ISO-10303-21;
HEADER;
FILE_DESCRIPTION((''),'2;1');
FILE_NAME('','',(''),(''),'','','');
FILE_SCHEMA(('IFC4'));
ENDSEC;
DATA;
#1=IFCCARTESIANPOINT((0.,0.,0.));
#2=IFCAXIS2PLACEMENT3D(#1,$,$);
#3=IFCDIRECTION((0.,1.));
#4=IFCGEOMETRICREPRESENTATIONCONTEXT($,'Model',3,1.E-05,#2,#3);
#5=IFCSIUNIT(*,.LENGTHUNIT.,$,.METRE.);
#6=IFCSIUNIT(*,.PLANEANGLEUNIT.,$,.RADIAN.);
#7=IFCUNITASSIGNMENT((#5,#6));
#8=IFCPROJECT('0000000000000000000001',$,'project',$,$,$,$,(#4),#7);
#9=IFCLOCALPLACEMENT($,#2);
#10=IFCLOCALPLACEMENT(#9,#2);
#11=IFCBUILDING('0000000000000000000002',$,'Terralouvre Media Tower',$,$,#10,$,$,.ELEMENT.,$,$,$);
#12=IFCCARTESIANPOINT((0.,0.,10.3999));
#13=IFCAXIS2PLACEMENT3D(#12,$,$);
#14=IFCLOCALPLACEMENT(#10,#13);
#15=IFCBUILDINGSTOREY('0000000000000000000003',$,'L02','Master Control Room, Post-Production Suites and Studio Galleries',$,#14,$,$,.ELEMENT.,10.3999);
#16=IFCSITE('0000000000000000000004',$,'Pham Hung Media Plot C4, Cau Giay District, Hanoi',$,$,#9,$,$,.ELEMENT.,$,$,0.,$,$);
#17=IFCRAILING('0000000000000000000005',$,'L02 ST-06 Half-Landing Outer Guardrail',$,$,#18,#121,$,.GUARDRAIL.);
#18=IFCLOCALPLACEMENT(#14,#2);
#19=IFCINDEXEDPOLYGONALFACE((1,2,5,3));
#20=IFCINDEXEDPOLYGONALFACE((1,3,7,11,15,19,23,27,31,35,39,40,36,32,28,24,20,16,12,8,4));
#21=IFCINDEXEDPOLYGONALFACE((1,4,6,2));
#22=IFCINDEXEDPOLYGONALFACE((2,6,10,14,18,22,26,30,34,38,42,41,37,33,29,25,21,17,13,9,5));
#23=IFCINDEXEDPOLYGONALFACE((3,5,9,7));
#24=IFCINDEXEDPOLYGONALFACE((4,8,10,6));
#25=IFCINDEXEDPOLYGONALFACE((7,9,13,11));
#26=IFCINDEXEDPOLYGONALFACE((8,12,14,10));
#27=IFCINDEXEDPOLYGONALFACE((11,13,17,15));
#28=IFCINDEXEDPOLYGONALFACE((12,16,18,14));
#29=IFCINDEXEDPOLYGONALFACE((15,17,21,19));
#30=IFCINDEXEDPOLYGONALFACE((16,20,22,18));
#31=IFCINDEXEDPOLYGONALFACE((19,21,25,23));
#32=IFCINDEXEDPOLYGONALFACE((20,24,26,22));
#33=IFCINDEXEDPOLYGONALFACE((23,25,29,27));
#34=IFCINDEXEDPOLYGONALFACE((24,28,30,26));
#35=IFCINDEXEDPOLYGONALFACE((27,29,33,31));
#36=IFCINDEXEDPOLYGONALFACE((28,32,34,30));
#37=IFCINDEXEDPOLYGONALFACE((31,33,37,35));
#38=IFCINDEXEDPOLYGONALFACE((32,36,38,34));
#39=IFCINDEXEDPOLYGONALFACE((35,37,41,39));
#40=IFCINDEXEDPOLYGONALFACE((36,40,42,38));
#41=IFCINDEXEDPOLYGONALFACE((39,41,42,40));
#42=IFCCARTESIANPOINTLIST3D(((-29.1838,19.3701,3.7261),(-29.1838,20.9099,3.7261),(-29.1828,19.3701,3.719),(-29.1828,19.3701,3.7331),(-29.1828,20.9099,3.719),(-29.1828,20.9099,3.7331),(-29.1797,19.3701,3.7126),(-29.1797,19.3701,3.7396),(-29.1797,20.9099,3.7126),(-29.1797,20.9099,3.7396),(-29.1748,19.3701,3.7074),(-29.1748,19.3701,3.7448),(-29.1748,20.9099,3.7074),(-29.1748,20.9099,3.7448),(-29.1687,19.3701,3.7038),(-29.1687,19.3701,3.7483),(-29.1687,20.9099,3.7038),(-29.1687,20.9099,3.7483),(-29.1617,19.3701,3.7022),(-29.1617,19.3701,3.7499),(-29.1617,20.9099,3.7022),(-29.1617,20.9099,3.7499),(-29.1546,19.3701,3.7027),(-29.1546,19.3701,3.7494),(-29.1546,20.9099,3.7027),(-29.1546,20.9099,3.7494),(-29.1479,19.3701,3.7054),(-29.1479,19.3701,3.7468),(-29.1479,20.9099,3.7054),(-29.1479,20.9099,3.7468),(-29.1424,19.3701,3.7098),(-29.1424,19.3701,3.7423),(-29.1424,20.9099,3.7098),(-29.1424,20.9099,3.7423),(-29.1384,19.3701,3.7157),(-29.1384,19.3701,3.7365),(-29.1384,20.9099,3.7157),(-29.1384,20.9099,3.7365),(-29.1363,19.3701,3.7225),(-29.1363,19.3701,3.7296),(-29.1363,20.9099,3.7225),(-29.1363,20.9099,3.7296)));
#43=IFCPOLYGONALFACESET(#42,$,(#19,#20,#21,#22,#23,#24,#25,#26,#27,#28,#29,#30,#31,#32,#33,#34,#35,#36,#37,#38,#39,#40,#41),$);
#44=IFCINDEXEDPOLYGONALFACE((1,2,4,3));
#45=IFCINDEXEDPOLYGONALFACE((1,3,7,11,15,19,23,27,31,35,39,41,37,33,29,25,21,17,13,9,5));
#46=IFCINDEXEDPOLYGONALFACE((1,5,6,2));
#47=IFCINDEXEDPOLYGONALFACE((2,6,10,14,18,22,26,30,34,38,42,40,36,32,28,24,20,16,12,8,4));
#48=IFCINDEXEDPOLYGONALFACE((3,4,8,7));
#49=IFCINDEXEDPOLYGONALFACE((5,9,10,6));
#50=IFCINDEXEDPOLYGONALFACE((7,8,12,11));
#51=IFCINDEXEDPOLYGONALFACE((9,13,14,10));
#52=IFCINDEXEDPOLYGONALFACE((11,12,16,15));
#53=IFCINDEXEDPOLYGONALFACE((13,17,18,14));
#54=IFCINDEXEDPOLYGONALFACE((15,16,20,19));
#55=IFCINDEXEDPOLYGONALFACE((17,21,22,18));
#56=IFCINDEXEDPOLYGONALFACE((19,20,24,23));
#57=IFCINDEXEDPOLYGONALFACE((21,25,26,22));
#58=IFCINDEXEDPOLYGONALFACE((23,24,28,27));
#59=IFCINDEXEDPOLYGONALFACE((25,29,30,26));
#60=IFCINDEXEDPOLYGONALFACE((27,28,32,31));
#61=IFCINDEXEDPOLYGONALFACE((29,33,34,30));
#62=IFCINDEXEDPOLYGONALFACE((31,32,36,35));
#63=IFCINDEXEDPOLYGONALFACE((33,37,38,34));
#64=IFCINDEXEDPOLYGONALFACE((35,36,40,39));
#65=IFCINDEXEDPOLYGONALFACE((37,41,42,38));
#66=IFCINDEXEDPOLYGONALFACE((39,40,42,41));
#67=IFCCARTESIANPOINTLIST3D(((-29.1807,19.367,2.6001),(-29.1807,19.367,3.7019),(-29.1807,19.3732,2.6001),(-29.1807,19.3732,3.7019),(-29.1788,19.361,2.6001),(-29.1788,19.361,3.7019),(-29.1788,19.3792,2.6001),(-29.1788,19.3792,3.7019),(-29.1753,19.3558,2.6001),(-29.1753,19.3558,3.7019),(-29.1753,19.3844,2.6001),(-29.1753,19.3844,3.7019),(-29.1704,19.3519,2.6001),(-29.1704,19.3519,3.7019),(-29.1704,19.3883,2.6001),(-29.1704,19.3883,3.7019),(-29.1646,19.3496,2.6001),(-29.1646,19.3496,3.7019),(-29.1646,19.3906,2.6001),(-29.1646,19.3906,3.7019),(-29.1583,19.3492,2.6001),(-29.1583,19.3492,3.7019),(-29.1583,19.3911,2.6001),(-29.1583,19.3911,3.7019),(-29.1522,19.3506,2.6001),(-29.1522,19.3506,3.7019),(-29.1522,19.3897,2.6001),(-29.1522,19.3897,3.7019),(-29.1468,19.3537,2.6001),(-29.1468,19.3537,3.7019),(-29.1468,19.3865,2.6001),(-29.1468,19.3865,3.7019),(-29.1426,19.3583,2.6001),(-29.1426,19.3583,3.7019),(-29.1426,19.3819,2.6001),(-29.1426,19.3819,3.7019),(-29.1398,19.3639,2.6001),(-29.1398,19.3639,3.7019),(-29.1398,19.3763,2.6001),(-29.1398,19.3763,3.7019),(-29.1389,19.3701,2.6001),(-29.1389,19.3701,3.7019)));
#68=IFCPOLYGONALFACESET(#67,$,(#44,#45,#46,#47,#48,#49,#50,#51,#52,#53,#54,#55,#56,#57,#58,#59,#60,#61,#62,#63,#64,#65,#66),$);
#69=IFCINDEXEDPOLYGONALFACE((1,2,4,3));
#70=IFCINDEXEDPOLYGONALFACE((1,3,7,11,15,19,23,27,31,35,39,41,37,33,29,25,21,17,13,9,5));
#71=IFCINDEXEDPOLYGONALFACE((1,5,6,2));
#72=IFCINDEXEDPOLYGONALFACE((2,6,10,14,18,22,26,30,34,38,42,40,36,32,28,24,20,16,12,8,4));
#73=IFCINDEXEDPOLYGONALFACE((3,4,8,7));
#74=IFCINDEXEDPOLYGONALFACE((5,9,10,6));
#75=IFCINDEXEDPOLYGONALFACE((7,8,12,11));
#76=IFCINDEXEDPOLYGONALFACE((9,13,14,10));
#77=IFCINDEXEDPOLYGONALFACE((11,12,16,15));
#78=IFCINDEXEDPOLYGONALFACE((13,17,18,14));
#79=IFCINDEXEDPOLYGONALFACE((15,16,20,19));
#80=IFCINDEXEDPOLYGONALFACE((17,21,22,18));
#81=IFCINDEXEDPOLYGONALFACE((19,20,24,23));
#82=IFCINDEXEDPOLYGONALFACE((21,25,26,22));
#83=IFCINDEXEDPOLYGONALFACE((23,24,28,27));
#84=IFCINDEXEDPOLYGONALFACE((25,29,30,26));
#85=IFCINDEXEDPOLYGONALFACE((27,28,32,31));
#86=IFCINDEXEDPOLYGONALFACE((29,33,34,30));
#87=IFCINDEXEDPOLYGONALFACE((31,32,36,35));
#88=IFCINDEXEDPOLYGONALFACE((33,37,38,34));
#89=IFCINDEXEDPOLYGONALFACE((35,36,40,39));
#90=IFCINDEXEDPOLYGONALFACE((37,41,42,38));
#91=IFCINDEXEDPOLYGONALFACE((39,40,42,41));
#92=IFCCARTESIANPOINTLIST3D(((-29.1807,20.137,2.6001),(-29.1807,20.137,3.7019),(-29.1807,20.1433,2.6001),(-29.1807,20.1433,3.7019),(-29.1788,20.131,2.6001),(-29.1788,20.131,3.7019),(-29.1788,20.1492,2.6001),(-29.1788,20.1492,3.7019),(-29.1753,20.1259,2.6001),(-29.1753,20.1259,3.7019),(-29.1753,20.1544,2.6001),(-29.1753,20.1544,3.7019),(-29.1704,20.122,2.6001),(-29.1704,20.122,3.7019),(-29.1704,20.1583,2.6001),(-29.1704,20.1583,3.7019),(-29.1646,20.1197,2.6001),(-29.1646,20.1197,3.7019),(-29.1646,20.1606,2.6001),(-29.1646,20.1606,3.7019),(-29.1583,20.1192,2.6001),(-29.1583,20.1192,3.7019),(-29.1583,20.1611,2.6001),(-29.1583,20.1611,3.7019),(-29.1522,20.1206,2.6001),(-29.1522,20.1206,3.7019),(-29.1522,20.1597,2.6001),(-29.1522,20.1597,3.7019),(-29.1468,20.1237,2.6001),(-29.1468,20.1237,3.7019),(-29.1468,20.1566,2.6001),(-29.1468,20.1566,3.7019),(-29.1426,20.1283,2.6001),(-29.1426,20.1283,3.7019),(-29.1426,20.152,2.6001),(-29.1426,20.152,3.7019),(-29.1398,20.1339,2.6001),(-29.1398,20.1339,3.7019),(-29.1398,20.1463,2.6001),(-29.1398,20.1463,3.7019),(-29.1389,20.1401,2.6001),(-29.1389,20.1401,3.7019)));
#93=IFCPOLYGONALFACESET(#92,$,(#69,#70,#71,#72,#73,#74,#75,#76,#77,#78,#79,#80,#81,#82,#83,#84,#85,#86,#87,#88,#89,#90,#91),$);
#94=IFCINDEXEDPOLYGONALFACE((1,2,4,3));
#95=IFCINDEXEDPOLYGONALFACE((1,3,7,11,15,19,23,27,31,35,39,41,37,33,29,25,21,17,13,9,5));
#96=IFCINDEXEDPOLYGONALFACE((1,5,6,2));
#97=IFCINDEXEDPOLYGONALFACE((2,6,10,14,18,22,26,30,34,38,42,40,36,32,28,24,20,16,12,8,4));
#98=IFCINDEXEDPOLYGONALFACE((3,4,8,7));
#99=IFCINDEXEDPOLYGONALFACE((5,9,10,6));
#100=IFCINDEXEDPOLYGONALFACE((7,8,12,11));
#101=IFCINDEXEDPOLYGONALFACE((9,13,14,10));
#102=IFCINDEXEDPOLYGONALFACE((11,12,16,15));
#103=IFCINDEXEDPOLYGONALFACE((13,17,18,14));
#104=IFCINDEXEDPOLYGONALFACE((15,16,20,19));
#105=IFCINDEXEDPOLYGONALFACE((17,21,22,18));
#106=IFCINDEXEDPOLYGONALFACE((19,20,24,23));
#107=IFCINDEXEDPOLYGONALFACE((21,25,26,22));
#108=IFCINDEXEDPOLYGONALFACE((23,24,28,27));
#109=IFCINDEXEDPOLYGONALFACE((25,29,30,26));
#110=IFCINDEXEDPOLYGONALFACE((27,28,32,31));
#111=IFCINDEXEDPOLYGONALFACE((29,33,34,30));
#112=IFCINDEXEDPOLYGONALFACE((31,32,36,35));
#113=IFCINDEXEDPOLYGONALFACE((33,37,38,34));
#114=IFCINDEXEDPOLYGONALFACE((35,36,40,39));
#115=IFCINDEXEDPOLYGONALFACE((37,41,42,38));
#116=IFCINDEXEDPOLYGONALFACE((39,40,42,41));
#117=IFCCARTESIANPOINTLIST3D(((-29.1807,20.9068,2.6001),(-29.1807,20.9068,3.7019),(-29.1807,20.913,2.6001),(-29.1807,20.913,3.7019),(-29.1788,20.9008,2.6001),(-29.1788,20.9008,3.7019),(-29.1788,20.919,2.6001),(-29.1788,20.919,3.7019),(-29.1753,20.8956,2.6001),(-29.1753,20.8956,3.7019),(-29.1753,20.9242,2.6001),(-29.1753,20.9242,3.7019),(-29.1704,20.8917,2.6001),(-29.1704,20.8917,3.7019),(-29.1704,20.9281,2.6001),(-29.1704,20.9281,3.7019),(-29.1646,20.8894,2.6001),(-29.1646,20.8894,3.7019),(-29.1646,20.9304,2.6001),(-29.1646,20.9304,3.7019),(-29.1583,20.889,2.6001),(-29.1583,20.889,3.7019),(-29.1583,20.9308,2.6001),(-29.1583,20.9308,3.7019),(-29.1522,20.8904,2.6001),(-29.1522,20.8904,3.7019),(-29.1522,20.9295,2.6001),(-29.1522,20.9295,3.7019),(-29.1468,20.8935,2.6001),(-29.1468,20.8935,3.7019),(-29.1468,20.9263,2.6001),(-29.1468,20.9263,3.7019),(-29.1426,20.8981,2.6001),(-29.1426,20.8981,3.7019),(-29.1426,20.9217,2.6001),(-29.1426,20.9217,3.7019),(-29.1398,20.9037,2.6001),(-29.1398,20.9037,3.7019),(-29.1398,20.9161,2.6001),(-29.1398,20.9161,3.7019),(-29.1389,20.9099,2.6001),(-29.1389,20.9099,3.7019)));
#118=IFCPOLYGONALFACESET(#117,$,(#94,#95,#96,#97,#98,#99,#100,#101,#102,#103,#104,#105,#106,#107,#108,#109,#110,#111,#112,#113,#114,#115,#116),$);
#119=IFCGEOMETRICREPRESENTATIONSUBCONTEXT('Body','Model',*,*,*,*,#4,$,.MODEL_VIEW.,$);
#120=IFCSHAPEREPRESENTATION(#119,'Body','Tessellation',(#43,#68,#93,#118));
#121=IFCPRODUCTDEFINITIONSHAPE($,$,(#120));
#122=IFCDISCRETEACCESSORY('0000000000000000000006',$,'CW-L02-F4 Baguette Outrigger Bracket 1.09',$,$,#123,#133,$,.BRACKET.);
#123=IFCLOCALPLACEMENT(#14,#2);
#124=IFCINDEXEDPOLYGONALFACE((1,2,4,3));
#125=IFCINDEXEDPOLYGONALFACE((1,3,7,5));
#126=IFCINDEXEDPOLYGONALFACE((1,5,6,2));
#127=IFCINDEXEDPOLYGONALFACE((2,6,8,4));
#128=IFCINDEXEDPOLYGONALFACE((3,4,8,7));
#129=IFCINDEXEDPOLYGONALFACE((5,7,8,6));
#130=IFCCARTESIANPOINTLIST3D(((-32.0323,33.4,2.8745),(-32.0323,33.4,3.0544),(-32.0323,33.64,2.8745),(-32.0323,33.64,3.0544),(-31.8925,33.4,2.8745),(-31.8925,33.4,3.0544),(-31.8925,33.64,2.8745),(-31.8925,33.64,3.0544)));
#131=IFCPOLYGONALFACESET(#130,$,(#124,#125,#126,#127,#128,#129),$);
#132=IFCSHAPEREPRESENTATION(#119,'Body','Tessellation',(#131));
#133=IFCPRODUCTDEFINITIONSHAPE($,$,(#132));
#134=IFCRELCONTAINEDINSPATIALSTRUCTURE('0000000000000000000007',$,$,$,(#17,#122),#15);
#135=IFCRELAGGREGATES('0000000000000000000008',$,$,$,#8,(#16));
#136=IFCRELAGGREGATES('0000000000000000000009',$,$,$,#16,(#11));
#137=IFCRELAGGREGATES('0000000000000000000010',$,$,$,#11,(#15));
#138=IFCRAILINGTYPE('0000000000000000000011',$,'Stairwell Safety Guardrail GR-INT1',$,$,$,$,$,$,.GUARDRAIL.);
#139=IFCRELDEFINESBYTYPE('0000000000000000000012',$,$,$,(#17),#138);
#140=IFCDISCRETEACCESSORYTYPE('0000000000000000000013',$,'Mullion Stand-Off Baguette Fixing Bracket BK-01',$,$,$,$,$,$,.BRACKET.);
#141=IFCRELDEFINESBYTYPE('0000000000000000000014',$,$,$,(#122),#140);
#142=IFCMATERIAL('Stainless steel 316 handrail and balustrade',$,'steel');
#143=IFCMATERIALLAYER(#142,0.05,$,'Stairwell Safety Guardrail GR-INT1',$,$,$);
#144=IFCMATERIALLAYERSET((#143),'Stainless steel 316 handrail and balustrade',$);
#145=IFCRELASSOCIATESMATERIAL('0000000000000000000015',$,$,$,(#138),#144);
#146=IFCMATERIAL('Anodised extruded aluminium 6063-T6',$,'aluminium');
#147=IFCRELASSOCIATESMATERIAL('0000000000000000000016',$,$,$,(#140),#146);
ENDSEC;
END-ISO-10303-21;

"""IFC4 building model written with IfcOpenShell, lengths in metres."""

from ifc_helpers import new_model, si_unit, direction, frame, origin, origin_2d, place, context, subcontext, project, spatial, rectangle, circle, extrude, material, layer, layer_set, type_object, element, save


model = new_model("IFC4")

# Units and contexts
model_context = context("Model", 3, precision=1e-05, world=origin(), true_north=direction((0.0, 1.0)))
body_context = subcontext(model_context, "Body", "Model", "MODEL_VIEW")
ifc_project = project(units=[si_unit("LENGTHUNIT", "METRE"), si_unit("PLANEANGLEUNIT", "RADIAN")], contexts=[model_context])

# Site, building, storey
site_placement = place(None, origin())
site = spatial("IfcSite", under=ifc_project, at=site_placement, Name="Pham Hung Media Plot C4, Cau Giay District, Hanoi", CompositionType="ELEMENT", RefElevation=0.0)
building_placement = place(site_placement, origin())
building = spatial("IfcBuilding", under=site, at=building_placement, Name="Terralouvre Media Tower", CompositionType="ELEMENT")
storey_placement = place(building_placement, frame((0.0, 0.0, 10.3999)))
storey = spatial("IfcBuildingStorey", under=building, at=storey_placement, Name="L02", Description="Master Control Room, Post-Production Suites and Studio Galleries", CompositionType="ELEMENT", Elevation=10.3999)

# Railing
ifc_material_1 = material(Name="Stainless steel 316 handrail and balustrade", Category="steel")
ifc_layer_1 = layer(ifc_material_1, 0.05, Name="Stairwell Safety Guardrail GR-INT1")
ifc_layer_set_1 = layer_set([ifc_layer_1], Name="Stainless steel 316 handrail and balustrade")
railing_type_1 = type_object("IfcRailingType", Name="Stairwell Safety Guardrail GR-INT1", PredefinedType="GUARDRAIL", material=ifc_layer_set_1)
railing_1_placement = place(storey_placement, frame((-29.1599, 19.3701, 2.6001)))
element("IfcRailing", 1, at=railing_1_placement, inside=storey, type_object=railing_type_1, Name="L02 ST-06 Half-Landing Outer Guardrail", PredefinedType="GUARDRAIL", context=body_context, shape_type="SweptSolid", body=[
    extrude(circle(Radius=0.0239, at=origin_2d()), frame((0.0, 0.0, 1.126), z_axis=(0.0, 1.0, 0.0), x_axis=(-1.0, 0.0, 0.0)), (0.0, 0.0, 1.0), 1.5398),
    extrude(circle(Radius=0.021, at=origin_2d()), origin(), (0.0, 0.0, 1.0), 1.1018),
    extrude(circle(Radius=0.021, at=origin_2d()), frame((0.0, 0.77, 0.0)), (0.0, 0.0, 1.0), 1.1018),
    extrude(circle(Radius=0.021, at=origin_2d()), frame((0.0, 1.5398, 0.0)), (0.0, 0.0, 1.0), 1.1018),
])

# Discrete accessory
ifc_material_2 = material(Name="Anodised extruded aluminium 6063-T6", Category="aluminium")
discrete_accessory_type = type_object("IfcDiscreteAccessoryType", Name="Mullion Stand-Off Baguette Fixing Bracket BK-01", PredefinedType="BRACKET", material=ifc_material_2)
discrete_accessory_placement = place(storey_placement, frame((-31.9624, 33.52, 2.8745), z_axis=(0.0, 0.0, 1.0), x_axis=(-1.0, 0.0, 0.0)))
element("IfcDiscreteAccessory", 2, at=discrete_accessory_placement, inside=storey, type_object=discrete_accessory_type, Name="CW-L02-F4 Baguette Outrigger Bracket 1.09", PredefinedType="BRACKET", context=body_context, shape_type="SweptSolid", body=[
    extrude(rectangle(XDim=0.1399, YDim=0.24, at=origin_2d()), origin(), (0.0, 0.0, 1.0), 0.1799),
])

save(model, "model.ifc")
